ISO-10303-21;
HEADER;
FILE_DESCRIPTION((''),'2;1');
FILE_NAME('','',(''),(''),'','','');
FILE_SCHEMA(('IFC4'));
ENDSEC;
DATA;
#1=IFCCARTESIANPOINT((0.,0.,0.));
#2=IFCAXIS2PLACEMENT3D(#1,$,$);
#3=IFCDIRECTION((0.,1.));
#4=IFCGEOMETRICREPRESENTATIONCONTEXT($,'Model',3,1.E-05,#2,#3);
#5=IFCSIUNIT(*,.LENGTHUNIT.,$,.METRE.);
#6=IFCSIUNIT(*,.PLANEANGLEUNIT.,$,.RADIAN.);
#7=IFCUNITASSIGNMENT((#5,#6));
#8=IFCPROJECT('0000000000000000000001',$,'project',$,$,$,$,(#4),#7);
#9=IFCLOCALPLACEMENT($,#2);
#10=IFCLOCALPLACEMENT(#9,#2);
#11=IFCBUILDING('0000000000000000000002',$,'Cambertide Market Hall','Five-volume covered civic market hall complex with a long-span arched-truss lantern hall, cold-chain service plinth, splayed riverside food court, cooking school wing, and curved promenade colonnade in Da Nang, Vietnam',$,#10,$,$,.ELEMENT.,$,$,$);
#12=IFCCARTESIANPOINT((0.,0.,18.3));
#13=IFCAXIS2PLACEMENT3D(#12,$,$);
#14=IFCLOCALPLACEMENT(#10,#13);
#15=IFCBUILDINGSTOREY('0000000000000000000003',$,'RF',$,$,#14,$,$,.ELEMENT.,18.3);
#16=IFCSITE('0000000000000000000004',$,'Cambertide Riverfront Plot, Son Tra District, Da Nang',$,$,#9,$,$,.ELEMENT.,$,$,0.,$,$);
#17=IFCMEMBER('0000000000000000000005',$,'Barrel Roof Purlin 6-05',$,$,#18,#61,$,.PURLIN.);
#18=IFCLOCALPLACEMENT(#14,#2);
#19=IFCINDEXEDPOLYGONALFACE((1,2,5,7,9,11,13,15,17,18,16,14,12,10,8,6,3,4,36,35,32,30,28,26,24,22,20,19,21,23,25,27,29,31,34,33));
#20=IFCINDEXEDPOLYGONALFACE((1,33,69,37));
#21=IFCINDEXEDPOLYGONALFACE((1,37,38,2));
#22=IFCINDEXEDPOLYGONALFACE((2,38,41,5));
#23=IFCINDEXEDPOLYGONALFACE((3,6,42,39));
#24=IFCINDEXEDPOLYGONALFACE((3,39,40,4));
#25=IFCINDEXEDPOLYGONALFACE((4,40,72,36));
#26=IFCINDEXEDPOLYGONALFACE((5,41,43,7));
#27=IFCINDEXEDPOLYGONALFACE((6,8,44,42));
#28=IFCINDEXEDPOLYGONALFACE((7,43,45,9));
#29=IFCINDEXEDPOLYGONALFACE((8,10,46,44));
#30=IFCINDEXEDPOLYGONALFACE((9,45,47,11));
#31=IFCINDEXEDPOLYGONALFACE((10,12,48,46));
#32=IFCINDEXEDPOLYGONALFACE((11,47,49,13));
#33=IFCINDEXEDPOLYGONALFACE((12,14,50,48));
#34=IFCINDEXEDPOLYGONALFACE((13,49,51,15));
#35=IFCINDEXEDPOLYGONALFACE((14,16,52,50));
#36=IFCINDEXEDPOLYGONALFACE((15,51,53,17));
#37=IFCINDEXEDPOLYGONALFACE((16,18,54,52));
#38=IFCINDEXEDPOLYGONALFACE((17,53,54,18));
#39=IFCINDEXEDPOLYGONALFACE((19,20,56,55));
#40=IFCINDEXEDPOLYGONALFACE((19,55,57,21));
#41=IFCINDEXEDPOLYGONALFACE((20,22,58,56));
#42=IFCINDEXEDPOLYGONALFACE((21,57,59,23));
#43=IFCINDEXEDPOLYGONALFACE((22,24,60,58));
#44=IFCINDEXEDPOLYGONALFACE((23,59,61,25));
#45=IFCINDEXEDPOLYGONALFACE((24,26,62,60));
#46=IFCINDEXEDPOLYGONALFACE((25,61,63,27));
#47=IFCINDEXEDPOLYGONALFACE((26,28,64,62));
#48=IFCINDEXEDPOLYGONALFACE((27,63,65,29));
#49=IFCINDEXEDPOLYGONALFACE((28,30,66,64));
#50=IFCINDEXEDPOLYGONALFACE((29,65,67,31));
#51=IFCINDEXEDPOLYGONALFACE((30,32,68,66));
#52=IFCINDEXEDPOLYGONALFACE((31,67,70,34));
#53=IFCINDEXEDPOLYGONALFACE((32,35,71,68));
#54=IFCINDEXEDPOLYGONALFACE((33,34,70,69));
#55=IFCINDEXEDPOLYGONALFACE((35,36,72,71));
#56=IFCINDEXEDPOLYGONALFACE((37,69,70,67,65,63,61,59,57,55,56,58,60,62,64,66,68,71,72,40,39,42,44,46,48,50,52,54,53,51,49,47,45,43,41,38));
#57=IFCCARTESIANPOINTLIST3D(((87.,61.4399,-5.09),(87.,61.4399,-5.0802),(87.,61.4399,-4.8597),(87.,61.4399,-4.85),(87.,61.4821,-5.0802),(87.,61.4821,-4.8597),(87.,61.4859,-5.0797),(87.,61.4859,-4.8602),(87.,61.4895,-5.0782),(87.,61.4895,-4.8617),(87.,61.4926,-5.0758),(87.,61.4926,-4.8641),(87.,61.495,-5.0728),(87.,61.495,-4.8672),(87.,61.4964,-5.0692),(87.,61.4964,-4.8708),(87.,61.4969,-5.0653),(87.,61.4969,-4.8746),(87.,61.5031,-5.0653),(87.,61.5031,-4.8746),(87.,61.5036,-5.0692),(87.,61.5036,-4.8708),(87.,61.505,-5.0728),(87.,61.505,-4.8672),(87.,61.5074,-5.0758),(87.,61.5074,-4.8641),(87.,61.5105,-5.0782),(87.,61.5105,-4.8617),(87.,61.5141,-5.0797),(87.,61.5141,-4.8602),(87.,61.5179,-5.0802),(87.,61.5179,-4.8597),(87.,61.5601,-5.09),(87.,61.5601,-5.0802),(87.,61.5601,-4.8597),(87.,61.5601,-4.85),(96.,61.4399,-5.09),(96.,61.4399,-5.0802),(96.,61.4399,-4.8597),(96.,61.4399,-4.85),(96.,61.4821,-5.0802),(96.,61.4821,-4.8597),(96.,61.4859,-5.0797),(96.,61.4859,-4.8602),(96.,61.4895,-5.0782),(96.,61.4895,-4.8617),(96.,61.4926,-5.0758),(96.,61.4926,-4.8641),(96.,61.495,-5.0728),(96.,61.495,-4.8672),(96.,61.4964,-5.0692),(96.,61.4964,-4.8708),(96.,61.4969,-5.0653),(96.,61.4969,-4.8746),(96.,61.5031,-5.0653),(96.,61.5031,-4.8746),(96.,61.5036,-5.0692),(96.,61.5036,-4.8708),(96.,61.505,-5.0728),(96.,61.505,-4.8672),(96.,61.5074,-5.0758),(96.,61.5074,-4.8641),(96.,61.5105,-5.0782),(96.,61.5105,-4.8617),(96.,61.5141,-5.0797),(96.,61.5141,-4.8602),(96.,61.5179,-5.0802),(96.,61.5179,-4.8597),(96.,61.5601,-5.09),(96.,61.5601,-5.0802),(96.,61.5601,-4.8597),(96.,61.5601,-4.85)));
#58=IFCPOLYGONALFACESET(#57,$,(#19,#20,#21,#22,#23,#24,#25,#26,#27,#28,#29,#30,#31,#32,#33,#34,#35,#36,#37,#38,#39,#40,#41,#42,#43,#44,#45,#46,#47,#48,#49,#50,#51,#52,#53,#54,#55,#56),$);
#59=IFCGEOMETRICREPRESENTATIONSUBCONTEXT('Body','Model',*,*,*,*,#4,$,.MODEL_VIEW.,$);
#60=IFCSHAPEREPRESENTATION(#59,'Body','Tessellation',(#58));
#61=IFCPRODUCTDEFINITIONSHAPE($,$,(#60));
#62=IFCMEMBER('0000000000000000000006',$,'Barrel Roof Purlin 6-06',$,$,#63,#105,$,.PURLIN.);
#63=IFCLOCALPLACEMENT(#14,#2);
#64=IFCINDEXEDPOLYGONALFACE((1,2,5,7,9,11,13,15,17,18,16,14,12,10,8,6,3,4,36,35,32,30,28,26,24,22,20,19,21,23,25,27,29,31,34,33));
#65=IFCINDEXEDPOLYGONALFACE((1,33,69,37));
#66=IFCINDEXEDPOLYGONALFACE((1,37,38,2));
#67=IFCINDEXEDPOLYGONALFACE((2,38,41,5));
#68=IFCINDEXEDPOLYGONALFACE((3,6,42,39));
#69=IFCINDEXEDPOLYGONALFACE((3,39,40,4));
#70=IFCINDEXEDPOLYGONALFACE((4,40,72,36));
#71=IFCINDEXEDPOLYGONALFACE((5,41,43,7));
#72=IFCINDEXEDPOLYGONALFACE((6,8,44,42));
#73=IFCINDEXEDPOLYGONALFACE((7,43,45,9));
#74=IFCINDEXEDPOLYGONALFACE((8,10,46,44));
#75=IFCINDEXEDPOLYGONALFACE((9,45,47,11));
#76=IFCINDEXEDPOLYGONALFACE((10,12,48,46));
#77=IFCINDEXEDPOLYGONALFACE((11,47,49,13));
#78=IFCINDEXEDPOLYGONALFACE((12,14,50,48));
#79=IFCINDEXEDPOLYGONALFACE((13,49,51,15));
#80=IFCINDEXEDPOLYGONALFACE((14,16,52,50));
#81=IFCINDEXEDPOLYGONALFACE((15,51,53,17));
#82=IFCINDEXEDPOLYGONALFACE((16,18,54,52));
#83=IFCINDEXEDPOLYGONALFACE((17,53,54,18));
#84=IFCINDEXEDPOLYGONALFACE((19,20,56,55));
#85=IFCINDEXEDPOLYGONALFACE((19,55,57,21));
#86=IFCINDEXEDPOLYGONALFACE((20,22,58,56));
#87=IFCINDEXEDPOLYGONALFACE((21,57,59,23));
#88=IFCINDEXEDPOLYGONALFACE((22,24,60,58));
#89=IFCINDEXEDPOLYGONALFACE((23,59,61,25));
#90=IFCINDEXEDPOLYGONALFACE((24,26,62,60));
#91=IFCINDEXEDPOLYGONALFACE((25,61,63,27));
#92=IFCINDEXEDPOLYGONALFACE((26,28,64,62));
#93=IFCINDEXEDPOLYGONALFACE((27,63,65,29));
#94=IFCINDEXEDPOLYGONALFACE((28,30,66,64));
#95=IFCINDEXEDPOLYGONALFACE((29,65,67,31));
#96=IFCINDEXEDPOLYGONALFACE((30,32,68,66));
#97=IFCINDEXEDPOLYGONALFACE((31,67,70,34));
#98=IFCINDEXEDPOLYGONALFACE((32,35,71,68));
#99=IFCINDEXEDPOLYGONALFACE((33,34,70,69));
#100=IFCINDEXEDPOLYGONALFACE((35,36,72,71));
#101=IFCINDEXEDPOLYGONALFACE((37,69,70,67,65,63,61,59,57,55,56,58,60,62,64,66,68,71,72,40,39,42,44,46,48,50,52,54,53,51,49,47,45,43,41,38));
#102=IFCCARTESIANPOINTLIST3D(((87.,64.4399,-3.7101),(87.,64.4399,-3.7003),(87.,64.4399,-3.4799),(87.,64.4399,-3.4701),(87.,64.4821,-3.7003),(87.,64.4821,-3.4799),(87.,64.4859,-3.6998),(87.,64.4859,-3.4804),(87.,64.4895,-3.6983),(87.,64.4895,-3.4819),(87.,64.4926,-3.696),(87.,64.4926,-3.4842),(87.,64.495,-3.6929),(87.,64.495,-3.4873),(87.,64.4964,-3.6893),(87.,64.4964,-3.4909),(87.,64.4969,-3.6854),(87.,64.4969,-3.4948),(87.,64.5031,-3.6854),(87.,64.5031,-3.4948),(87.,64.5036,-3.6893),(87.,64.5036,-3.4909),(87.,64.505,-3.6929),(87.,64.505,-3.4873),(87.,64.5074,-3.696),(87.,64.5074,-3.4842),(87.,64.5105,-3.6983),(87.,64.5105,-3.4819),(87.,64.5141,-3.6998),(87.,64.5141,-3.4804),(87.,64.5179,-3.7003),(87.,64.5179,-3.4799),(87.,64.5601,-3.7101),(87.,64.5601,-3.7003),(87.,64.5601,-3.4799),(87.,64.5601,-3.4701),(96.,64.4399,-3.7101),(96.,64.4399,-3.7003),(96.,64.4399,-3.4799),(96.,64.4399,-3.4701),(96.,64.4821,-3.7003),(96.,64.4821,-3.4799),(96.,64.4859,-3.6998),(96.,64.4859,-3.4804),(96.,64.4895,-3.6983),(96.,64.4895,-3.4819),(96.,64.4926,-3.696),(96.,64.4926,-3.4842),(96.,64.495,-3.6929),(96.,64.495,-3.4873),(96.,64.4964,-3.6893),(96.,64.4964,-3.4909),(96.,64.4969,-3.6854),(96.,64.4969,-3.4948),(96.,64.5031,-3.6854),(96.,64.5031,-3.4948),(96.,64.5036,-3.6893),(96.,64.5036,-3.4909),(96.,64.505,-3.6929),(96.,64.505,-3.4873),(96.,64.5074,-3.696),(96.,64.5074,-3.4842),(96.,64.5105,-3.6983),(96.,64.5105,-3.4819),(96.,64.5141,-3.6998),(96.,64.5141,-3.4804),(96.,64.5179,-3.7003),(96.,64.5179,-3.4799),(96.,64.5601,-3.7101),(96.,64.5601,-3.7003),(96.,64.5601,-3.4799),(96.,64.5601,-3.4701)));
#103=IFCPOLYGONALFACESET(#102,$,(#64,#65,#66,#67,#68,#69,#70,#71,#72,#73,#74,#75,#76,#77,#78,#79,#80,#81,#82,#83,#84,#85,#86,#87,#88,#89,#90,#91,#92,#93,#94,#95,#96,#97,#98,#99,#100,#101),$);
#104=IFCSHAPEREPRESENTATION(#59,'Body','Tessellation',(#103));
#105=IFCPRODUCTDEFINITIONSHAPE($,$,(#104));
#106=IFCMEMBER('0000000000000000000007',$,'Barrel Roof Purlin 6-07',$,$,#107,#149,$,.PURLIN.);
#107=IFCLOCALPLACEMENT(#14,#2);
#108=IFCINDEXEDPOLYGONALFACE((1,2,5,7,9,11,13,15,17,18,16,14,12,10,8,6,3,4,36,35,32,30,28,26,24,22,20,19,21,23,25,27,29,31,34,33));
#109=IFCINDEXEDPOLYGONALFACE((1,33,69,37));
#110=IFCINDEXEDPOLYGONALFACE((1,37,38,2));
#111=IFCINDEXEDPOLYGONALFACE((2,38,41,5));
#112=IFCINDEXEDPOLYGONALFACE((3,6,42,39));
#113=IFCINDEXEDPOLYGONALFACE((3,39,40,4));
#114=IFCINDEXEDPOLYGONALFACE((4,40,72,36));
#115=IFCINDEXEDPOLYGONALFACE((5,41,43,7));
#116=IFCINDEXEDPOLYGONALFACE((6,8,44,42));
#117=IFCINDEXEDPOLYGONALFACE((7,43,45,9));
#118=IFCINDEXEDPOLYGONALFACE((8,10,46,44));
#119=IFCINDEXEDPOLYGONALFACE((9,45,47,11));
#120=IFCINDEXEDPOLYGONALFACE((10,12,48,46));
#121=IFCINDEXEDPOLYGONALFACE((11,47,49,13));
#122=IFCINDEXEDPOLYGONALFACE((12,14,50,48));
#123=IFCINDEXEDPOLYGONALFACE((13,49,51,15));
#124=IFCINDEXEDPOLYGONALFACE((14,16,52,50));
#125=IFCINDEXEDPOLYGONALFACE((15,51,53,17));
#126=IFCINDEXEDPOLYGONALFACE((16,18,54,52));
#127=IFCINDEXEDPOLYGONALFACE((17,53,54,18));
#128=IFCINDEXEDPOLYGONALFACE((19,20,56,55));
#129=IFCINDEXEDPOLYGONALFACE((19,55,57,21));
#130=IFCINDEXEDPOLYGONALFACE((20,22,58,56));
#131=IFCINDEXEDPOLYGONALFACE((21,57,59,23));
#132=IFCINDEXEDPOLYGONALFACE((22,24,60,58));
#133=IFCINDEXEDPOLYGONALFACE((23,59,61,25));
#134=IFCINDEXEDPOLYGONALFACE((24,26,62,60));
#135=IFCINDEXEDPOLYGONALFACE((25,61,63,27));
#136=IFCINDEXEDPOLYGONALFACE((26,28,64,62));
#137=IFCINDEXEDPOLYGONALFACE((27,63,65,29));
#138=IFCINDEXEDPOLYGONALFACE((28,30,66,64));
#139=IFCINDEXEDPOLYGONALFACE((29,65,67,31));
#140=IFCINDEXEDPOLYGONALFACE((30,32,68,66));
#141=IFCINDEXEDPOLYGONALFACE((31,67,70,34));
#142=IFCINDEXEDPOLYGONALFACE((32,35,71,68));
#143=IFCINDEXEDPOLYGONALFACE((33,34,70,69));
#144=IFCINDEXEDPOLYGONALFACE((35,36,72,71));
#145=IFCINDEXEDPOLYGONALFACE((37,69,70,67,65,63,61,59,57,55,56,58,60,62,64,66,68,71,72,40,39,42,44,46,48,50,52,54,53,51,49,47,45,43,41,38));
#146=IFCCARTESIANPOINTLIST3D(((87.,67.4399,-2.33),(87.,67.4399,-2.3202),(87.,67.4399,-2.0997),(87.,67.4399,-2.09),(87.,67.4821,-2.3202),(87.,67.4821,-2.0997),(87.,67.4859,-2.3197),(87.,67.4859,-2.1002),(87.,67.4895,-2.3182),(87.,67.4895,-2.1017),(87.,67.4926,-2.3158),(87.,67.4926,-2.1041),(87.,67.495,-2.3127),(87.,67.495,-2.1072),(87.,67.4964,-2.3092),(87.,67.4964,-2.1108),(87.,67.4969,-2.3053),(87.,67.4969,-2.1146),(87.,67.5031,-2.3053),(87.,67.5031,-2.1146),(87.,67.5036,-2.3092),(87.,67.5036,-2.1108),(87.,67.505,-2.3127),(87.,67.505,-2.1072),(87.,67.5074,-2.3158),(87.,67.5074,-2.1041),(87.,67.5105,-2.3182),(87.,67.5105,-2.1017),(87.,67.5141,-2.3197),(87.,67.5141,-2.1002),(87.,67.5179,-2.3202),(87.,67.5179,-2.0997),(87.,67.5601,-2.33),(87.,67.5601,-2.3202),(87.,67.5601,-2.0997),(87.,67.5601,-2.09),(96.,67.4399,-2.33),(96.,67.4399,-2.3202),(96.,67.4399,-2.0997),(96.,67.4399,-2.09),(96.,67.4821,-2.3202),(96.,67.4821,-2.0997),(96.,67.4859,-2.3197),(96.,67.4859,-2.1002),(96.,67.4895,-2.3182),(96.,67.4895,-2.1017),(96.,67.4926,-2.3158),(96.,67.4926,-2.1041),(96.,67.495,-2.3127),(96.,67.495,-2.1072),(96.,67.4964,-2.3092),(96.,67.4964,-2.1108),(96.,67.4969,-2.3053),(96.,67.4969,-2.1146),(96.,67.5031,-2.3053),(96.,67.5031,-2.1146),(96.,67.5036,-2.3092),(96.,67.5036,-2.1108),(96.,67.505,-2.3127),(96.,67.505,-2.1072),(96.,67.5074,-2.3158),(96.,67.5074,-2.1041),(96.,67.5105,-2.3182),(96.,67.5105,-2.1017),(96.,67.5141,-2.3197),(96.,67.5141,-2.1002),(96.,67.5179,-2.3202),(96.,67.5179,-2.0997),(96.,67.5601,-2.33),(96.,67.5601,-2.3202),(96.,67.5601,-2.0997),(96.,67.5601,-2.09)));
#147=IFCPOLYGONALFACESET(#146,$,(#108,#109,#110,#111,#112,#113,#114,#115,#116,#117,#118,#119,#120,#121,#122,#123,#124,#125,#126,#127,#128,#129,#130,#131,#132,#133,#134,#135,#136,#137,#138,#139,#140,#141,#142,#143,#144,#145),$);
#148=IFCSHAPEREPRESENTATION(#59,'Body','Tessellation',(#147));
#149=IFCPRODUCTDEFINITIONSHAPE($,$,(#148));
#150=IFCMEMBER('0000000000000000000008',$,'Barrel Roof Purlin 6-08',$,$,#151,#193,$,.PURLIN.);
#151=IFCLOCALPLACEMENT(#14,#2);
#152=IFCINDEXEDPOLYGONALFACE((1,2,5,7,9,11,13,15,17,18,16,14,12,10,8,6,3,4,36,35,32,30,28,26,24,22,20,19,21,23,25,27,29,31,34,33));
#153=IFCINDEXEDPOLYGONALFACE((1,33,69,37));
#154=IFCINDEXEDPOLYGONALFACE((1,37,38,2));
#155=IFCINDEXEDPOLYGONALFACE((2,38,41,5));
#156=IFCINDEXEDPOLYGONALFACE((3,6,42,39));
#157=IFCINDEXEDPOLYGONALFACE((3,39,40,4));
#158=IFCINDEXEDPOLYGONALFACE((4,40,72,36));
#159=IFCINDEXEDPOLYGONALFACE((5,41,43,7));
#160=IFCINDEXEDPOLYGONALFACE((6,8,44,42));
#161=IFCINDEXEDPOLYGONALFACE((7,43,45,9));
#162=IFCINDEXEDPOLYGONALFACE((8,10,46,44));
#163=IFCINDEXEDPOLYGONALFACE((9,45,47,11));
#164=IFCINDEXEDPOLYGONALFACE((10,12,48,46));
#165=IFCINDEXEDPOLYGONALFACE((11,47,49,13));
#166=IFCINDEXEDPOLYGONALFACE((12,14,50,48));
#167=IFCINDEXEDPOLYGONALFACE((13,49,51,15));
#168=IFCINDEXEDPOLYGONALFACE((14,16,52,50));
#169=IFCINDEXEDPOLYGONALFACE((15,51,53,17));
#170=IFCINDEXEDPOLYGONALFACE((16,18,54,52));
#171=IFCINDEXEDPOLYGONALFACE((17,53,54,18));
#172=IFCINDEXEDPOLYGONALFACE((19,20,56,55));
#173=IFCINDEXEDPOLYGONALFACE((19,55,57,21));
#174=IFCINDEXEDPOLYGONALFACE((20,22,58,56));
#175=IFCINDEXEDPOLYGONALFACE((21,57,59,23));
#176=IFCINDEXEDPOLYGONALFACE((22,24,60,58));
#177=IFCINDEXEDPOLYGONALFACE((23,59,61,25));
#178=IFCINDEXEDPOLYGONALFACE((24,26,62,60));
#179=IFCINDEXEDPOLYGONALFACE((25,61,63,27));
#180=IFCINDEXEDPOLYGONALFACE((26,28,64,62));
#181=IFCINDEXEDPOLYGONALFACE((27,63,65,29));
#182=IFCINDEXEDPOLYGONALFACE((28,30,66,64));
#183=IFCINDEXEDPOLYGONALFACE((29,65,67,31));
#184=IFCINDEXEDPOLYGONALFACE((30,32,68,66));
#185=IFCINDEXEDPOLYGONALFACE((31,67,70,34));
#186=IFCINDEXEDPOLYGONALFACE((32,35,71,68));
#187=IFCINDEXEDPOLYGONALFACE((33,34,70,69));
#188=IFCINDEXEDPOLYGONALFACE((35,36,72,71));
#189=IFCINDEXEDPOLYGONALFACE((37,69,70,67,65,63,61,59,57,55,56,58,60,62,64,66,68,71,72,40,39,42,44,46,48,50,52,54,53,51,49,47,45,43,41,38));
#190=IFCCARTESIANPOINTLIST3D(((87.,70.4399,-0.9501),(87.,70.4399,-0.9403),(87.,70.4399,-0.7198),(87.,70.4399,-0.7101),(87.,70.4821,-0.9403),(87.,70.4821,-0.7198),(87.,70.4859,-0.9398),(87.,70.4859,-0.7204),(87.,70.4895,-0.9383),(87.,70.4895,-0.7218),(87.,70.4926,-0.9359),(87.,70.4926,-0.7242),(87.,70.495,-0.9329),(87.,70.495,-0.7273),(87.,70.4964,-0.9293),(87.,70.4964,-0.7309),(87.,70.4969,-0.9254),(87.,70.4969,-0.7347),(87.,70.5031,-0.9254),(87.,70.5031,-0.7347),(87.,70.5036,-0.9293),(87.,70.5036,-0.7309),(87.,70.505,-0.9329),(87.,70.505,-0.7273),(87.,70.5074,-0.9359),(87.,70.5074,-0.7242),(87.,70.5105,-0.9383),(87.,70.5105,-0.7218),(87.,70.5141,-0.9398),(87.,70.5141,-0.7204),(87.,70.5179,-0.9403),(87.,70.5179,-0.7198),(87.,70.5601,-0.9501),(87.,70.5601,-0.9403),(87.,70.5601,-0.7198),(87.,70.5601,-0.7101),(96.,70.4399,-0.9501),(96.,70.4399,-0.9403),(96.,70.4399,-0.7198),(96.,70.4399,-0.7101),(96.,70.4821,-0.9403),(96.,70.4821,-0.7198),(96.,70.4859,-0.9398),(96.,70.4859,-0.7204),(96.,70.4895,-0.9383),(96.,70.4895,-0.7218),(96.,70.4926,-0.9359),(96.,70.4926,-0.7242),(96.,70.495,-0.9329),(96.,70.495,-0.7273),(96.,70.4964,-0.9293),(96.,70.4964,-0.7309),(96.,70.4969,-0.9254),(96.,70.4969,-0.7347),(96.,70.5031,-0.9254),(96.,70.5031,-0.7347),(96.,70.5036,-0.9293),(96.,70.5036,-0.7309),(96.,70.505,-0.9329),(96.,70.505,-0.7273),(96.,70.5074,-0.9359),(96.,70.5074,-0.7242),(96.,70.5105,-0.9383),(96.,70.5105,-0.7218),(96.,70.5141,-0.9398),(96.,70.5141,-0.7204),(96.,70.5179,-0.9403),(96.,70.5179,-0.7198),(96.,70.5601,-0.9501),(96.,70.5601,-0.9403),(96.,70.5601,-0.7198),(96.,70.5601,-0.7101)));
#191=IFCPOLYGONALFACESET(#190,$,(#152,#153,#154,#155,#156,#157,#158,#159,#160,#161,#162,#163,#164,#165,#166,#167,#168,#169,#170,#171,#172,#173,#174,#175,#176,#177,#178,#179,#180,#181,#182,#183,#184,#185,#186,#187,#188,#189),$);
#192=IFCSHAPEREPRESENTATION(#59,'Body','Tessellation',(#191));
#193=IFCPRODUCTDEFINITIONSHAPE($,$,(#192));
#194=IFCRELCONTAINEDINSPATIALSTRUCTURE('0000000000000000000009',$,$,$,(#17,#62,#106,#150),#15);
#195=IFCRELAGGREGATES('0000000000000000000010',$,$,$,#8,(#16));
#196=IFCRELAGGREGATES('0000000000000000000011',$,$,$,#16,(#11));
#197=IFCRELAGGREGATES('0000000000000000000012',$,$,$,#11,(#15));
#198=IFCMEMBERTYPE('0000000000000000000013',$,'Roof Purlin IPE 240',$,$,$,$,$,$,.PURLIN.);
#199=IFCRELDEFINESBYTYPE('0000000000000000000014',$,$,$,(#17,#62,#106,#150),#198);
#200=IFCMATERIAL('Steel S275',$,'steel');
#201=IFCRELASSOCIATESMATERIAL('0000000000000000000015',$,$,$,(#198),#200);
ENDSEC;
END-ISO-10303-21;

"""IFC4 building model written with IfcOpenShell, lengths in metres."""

from ifc_helpers import new_model, si_unit, direction, frame, origin, origin_2d, place, context, subcontext, project, spatial, i_section, extrude, material, material_profile, profile_set, type_object, element, save


model = new_model("IFC4")

# Units and contexts
model_context = context("Model", 3, precision=1e-05, world=origin(), true_north=direction((0.0, 1.0)))
body_context = subcontext(model_context, "Body", "Model", "MODEL_VIEW")
ifc_project = project(units=[si_unit("LENGTHUNIT", "METRE"), si_unit("PLANEANGLEUNIT", "RADIAN")], contexts=[model_context])

# Site, building, storey
site_placement = place(None, origin())
site = spatial("IfcSite", under=ifc_project, at=site_placement, Name="Cambertide Riverfront Plot, Son Tra District, Da Nang", CompositionType="ELEMENT", RefElevation=0.0)
building_placement = place(site_placement, origin())
building = spatial("IfcBuilding", under=site, at=building_placement, Name="Cambertide Market Hall", Description="Five-volume covered civic market hall complex with a long-span arched-truss lantern hall, cold-chain service plinth, splayed riverside food court, cooking school wing, and curved promenade colonnade in Da Nang, Vietnam", CompositionType="ELEMENT")
storey_placement = place(building_placement, frame((0.0, 0.0, 18.3)))
storey = spatial("IfcBuildingStorey", under=building, at=storey_placement, Name="RF", CompositionType="ELEMENT", Elevation=18.3)

# Members
ifc_material_1 = material(Name="Steel S275", Category="steel")
ifc_material_profile_1 = material_profile(ifc_material_1, i_section(OverallWidth=0.1201, OverallDepth=0.24, WebThickness=0.0061, FlangeThickness=0.0098, FilletRadius=0.0149, at=origin_2d()), Name="IPE 240")
ifc_profile_set_1 = profile_set([ifc_material_profile_1], Name="Steel S275")
member_type_1 = type_object("IfcMemberType", Name="Roof Purlin IPE 240", PredefinedType="PURLIN", material=ifc_profile_set_1)
for number, where, z_axis, x_axis, name in (
    (1, (87.0, 61.5, -4.97), (1.0, 0.0, 0.0), (0.0, 1.0, 0.0), "Barrel Roof Purlin 6-05"),
    (2, (87.0, 64.5, -3.5901), (1.0, 0.0, 0.0), (0.0, 1.0, 0.0), "Barrel Roof Purlin 6-06"),
    (3, (87.0, 67.5, -2.21), (1.0, 0.0, 0.0), (0.0, 1.0, 0.0), "Barrel Roof Purlin 6-07"),
    (4, (87.0, 70.5, -0.8301), (1.0, 0.0, 0.0), (0.0, 1.0, 0.0), "Barrel Roof Purlin 6-08"),
):
    element("IfcMember", number, at=place(storey_placement, frame(where, z_axis=z_axis, x_axis=x_axis)), inside=storey, type_object=member_type_1, Name=name, PredefinedType="PURLIN", context=body_context, shape_type="SweptSolid", body=[
        extrude(i_section(OverallWidth=0.1201, OverallDepth=0.24, WebThickness=0.0061, FlangeThickness=0.0098, FilletRadius=0.0149, at=origin_2d()), origin(), (0.0, 0.0, 1.0), 9.0),
    ])

save(model, "model.ifc")
